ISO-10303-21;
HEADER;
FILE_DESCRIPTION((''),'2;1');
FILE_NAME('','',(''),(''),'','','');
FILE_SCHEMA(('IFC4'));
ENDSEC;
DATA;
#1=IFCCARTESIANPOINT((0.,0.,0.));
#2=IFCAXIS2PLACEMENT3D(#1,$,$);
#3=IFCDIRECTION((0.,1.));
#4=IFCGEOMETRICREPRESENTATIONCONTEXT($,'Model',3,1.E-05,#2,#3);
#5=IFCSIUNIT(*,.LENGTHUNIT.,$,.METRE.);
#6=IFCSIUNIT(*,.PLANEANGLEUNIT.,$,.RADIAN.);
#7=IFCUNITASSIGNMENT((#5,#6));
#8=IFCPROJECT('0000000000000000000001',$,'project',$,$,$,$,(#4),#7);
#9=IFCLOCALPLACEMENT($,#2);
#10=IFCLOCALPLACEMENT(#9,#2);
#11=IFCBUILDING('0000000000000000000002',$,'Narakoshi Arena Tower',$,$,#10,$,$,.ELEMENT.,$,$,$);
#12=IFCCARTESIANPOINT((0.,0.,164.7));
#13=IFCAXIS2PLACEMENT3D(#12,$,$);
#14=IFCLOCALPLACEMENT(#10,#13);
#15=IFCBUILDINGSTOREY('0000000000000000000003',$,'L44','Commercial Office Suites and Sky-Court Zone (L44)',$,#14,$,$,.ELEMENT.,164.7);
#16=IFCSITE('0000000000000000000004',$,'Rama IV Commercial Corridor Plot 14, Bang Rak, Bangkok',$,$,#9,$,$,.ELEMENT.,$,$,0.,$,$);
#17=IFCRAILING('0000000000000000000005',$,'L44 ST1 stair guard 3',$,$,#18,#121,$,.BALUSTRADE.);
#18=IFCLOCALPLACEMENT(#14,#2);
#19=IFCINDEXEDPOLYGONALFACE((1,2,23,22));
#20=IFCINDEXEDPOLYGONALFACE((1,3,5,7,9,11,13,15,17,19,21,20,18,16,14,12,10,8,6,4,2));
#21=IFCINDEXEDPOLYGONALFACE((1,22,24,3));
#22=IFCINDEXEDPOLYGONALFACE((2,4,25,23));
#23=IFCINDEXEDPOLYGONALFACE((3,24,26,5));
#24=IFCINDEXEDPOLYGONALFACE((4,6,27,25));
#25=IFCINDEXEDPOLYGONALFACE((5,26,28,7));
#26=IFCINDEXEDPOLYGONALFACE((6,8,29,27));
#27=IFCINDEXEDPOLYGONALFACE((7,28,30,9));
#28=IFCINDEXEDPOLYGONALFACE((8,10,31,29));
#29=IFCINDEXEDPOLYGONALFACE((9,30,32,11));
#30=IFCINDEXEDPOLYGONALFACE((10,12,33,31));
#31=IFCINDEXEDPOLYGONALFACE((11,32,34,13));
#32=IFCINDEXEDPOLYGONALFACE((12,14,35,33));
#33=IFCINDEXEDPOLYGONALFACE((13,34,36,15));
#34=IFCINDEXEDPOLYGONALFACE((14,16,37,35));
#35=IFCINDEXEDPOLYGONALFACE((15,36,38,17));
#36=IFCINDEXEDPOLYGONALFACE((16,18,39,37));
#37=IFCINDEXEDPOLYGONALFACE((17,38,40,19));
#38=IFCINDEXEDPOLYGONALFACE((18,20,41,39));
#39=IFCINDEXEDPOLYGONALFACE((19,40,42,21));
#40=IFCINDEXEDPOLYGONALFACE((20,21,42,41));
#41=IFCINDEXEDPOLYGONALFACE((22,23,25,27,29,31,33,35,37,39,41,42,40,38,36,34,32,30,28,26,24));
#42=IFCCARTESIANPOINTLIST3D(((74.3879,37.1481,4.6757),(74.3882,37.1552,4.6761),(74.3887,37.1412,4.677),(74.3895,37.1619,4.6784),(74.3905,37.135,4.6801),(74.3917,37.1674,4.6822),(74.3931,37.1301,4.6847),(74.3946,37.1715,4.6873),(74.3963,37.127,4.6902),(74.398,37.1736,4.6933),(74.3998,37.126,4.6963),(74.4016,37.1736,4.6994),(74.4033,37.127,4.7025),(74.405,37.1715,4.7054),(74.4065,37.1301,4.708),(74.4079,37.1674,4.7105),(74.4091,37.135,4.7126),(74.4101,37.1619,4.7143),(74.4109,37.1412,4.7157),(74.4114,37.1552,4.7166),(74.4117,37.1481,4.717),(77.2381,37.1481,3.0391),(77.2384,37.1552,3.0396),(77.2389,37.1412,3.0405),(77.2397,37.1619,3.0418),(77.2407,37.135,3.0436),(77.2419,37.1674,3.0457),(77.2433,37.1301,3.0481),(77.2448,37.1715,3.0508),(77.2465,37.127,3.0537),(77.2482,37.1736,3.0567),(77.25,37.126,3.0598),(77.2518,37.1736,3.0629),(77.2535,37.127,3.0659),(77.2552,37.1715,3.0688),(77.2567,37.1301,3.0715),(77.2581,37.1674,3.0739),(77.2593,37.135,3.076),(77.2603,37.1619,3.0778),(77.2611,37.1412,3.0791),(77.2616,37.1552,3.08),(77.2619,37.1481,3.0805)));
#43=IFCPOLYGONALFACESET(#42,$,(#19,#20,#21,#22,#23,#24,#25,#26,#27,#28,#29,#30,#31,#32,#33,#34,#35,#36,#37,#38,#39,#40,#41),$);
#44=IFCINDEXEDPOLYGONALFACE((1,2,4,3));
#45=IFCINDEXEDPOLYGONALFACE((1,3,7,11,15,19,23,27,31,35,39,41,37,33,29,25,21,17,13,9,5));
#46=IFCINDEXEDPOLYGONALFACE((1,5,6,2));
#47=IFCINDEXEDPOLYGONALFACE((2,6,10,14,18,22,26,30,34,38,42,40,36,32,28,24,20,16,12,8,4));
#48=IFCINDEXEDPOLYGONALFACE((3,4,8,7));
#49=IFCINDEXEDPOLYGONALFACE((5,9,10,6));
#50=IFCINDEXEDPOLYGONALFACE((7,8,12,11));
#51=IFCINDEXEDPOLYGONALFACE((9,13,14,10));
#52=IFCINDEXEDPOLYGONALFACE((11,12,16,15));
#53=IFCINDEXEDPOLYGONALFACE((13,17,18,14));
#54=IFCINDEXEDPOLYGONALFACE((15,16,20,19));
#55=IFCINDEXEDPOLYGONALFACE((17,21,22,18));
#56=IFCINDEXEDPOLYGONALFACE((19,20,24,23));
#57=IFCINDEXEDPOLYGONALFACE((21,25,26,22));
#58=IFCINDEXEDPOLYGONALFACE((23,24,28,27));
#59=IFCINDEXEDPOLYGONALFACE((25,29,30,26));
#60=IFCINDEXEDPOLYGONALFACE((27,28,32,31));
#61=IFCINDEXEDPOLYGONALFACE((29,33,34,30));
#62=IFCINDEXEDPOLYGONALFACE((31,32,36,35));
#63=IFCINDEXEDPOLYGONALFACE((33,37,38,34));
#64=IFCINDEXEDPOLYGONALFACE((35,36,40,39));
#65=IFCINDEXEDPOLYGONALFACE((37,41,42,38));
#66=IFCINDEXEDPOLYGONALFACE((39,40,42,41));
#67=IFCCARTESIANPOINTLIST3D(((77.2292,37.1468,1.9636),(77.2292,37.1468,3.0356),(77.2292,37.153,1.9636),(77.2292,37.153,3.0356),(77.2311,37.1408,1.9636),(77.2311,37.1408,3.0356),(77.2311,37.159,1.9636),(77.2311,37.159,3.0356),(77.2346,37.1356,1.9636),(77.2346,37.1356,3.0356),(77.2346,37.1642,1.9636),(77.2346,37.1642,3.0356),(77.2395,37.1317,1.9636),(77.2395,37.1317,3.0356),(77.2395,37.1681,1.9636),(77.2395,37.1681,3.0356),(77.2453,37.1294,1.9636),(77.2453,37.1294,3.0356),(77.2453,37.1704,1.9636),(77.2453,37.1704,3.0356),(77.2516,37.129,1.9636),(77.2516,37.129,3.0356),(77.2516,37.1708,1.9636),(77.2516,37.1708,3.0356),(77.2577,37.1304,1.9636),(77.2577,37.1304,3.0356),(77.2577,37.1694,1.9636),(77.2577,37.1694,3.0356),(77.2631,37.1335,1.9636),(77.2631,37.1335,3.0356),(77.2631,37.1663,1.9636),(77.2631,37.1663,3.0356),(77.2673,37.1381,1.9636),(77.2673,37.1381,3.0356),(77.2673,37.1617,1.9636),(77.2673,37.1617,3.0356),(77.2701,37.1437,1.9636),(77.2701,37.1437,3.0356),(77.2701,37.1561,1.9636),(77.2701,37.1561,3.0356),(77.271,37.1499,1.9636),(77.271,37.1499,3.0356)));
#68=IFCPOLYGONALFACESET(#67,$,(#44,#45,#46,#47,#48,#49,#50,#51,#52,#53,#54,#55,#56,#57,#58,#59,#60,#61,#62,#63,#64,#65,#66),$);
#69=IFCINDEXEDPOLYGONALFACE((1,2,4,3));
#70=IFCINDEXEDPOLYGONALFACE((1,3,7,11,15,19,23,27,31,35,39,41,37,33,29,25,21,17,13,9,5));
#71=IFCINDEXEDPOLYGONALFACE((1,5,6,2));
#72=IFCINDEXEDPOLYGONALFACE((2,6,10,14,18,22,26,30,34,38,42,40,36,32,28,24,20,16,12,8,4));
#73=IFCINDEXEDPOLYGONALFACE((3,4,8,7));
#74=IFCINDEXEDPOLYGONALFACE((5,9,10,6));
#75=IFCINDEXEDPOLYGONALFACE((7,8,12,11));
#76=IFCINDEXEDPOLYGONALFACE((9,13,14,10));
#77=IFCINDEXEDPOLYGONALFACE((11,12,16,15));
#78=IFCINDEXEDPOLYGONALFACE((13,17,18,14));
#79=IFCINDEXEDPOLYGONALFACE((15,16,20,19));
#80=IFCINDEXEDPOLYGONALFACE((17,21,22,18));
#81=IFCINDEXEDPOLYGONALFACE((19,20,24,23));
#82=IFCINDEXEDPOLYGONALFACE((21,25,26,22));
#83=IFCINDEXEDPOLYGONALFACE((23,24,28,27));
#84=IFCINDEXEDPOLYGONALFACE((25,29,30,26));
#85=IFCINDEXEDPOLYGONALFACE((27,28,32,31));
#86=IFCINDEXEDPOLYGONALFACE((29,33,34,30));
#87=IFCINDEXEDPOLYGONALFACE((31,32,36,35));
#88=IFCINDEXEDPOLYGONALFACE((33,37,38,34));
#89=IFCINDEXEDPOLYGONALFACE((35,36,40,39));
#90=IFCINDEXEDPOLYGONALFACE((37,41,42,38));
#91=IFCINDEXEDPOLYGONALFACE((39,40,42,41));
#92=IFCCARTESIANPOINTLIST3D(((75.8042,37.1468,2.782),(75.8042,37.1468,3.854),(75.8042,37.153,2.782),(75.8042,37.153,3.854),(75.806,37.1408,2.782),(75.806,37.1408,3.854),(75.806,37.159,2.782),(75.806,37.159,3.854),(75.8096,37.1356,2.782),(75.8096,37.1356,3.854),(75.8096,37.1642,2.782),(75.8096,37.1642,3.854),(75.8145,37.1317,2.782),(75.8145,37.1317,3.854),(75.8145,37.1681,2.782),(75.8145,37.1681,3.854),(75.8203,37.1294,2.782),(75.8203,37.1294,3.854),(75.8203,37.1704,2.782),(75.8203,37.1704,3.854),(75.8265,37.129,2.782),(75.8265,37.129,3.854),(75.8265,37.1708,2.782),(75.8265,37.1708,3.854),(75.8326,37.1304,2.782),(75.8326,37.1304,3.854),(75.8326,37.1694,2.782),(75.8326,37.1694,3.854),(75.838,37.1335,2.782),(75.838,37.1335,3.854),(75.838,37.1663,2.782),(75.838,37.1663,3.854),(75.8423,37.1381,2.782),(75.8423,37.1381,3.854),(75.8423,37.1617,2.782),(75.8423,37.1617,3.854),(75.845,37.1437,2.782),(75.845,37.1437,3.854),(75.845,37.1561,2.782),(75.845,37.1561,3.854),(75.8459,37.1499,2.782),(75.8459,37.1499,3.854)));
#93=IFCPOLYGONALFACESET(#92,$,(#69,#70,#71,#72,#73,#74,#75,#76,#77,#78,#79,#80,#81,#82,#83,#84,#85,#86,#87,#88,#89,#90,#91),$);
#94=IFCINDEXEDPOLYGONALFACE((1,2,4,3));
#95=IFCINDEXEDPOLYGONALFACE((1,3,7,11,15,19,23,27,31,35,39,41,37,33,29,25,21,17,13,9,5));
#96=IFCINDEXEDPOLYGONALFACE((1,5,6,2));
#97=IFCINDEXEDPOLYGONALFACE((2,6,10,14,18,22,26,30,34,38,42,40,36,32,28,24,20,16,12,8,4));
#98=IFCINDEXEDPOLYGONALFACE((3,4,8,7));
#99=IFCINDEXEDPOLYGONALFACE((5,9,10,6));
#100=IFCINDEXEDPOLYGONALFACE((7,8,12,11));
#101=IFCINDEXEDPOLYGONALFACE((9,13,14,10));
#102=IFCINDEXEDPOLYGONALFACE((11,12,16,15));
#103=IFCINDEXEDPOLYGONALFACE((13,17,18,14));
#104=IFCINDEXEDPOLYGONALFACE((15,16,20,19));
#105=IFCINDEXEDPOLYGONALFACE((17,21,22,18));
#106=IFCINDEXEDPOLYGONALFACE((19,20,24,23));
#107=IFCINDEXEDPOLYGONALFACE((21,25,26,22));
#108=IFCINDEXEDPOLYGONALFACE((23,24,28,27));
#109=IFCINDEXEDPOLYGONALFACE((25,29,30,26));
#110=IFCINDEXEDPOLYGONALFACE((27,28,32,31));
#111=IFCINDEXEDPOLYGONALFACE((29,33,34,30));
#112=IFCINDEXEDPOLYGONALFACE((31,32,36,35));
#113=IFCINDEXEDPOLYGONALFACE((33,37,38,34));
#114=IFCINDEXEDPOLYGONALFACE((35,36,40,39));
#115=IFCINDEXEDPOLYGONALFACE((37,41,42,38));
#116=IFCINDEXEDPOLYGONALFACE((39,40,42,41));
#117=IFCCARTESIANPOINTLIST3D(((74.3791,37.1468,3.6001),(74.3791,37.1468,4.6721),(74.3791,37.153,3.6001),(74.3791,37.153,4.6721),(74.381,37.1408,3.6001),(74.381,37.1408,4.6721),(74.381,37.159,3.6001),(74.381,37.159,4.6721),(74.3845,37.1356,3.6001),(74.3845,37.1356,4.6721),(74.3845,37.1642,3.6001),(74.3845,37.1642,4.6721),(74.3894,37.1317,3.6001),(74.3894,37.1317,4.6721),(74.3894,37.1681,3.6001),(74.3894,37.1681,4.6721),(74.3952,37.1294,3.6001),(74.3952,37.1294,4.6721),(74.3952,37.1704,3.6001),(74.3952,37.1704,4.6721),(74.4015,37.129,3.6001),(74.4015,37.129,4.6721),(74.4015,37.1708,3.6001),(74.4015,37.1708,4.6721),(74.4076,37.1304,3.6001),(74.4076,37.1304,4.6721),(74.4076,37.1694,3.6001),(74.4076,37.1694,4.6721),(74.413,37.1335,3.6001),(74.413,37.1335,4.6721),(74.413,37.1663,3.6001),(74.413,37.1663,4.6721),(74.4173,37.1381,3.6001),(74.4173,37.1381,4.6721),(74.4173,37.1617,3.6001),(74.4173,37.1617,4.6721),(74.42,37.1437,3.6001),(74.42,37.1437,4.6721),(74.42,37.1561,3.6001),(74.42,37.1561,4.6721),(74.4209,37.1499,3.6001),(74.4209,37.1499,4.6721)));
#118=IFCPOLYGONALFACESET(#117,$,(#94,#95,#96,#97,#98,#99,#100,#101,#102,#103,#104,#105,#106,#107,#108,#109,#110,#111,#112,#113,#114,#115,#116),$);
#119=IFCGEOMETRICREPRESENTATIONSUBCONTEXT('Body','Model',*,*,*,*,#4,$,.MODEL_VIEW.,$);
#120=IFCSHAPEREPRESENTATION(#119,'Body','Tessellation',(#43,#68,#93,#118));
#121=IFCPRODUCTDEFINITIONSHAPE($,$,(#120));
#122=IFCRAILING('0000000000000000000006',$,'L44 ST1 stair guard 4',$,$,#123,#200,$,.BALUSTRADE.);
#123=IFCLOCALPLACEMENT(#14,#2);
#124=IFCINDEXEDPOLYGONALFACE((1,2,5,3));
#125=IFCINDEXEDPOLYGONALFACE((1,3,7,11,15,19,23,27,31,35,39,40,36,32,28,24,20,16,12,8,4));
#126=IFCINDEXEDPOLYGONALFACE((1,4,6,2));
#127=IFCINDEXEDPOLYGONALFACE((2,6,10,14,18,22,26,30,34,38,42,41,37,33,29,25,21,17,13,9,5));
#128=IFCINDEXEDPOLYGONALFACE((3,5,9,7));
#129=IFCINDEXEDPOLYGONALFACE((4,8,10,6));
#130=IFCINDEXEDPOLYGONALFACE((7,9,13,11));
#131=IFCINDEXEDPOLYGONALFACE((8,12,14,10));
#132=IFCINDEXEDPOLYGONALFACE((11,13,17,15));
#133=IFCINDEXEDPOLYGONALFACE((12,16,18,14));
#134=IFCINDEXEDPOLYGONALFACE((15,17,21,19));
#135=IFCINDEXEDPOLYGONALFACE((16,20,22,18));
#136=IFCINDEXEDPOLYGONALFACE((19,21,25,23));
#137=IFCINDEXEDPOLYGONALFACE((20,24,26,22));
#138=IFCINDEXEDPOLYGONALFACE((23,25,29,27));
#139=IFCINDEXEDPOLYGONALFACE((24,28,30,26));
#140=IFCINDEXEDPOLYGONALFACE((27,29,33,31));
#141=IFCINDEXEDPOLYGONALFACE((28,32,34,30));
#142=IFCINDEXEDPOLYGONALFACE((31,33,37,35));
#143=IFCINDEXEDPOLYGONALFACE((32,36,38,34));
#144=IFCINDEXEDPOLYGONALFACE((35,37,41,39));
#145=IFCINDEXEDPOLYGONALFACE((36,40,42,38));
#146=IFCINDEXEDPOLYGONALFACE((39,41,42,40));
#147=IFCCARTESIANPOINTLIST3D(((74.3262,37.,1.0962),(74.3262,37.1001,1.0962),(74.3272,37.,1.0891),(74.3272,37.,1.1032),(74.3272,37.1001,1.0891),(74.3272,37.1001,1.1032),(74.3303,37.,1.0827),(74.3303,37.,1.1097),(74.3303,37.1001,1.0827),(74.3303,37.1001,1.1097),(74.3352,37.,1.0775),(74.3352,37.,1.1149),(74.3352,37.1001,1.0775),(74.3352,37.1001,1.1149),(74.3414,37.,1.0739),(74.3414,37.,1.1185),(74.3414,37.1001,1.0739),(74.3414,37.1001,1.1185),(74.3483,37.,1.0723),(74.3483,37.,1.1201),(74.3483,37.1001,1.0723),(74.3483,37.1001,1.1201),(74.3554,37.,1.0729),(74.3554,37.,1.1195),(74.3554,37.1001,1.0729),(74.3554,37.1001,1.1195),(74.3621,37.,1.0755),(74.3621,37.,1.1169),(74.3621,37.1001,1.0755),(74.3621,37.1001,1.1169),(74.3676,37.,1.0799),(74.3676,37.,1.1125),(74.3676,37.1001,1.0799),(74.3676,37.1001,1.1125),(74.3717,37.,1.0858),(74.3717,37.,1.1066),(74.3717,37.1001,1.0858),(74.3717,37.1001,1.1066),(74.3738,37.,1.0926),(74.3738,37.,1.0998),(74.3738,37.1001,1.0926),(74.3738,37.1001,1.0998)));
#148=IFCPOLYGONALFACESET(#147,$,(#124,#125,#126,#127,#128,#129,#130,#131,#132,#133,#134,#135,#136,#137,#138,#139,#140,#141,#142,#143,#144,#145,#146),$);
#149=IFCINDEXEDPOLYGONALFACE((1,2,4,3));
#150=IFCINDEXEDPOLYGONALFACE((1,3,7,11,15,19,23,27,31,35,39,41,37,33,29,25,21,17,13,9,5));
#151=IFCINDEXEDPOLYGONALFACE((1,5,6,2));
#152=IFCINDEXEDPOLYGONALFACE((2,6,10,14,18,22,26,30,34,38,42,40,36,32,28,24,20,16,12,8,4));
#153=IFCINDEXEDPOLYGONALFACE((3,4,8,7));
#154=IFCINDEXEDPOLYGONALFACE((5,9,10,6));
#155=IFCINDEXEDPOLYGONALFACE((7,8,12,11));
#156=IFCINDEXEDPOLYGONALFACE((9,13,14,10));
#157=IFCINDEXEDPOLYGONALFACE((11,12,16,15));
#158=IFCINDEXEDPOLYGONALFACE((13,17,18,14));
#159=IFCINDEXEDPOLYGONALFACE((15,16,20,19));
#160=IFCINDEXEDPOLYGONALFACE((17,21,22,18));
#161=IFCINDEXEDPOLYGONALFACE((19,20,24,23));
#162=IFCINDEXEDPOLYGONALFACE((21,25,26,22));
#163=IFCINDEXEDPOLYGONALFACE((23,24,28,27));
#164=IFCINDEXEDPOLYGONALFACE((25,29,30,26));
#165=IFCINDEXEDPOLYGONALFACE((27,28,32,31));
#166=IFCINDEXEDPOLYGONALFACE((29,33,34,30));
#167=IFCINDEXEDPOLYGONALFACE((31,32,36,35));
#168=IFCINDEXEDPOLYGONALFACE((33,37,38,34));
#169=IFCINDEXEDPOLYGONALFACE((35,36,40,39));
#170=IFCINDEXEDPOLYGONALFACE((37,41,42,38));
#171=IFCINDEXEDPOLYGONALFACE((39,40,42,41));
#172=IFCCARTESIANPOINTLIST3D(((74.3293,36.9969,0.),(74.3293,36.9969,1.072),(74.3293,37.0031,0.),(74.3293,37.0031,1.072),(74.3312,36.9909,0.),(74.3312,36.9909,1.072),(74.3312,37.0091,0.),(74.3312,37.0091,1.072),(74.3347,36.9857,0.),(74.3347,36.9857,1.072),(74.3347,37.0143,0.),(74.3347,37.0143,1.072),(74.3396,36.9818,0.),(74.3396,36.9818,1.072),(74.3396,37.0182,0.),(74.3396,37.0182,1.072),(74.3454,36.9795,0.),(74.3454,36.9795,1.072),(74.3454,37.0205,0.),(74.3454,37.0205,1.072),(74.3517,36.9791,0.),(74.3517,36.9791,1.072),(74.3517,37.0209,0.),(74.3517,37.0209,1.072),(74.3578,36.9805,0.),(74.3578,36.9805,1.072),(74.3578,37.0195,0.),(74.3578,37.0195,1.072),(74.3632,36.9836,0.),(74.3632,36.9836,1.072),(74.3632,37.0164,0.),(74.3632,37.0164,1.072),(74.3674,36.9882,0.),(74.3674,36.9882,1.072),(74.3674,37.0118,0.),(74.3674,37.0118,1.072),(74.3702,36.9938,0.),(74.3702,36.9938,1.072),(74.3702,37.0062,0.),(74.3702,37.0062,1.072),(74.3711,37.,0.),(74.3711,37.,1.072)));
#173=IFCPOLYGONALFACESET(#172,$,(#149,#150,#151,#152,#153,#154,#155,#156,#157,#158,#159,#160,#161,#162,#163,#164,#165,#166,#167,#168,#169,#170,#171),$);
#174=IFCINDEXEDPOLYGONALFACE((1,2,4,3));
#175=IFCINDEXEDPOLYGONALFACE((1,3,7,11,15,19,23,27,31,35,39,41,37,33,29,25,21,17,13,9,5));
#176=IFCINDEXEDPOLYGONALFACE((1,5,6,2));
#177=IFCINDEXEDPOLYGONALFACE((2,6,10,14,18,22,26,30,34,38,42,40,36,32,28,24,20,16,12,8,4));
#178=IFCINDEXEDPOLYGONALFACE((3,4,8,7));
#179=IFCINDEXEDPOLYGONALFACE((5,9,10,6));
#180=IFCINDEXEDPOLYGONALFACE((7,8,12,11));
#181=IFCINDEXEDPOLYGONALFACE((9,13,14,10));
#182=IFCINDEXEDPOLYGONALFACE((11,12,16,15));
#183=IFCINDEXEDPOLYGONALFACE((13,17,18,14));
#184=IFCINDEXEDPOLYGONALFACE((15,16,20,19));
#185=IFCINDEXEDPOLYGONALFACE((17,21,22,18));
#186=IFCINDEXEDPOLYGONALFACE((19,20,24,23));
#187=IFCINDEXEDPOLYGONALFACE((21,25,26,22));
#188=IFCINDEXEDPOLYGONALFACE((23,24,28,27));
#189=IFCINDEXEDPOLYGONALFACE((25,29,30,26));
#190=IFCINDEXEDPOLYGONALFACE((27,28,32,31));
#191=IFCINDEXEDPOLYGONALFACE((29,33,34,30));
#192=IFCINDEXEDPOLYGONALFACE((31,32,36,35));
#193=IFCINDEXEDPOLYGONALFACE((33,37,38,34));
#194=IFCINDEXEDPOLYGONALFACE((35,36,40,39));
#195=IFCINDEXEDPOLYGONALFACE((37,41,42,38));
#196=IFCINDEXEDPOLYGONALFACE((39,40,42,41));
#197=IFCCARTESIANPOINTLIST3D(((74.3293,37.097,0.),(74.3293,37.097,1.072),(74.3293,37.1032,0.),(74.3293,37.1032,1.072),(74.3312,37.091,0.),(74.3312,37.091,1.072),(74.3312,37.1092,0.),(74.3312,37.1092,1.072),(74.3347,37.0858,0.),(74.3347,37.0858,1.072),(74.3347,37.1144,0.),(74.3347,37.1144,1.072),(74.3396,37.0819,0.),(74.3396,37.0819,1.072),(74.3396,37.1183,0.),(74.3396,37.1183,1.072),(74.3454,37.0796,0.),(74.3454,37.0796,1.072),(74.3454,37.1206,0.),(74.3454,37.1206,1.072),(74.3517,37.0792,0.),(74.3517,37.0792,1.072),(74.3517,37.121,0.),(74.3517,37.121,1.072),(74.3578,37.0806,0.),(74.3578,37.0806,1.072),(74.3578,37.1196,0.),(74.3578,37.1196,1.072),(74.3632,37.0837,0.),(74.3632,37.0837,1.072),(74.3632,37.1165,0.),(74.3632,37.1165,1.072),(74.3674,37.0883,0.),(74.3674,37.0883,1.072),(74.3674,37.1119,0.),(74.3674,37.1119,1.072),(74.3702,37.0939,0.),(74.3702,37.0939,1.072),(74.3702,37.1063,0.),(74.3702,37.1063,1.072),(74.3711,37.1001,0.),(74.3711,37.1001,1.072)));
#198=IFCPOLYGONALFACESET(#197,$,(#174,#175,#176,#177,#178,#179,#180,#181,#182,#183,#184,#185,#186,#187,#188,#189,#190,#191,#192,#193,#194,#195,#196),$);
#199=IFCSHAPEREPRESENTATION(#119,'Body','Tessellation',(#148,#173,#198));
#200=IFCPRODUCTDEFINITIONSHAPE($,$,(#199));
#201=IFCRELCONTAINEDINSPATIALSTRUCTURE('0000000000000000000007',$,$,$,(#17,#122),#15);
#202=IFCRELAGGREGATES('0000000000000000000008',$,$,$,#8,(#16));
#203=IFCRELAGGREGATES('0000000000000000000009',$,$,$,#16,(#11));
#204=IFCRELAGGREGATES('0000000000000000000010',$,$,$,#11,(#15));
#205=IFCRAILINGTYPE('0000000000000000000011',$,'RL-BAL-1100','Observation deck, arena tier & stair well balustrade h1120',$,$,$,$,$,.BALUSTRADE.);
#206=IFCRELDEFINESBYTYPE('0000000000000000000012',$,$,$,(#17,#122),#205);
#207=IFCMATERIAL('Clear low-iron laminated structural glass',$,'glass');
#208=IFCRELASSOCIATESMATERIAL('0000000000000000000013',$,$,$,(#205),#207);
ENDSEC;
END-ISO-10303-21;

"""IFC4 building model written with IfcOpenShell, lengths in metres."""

from ifc_helpers import new_model, si_unit, direction, frame, origin, origin_2d, place, context, subcontext, project, spatial, circle, extrude, material, type_object, element, save


model = new_model("IFC4")

# Units and contexts
model_context = context("Model", 3, precision=1e-05, world=origin(), true_north=direction((0.0, 1.0)))
body_context = subcontext(model_context, "Body", "Model", "MODEL_VIEW")
ifc_project = project(units=[si_unit("LENGTHUNIT", "METRE"), si_unit("PLANEANGLEUNIT", "RADIAN")], contexts=[model_context])

# Site, building, storey
site_placement = place(None, origin())
site = spatial("IfcSite", under=ifc_project, at=site_placement, Name="Rama IV Commercial Corridor Plot 14, Bang Rak, Bangkok", CompositionType="ELEMENT", RefElevation=0.0)
building_placement = place(site_placement, origin())
building = spatial("IfcBuilding", under=site, at=building_placement, Name="Narakoshi Arena Tower", CompositionType="ELEMENT")
storey_placement = place(building_placement, frame((0.0, 0.0, 164.7)))
storey = spatial("IfcBuildingStorey", under=building, at=storey_placement, Name="L44", Description="Commercial Office Suites and Sky-Court Zone (L44)", CompositionType="ELEMENT", Elevation=164.7)

# Railings
ifc_material_1 = material(Name="Clear low-iron laminated structural glass", Category="glass")
railing_type_1 = type_object("IfcRailingType", Name="RL-BAL-1100", Description="Observation deck, arena tier & stair well balustrade h1120", PredefinedType="BALUSTRADE", material=ifc_material_1)
railing_1_placement = place(storey_placement, frame((77.25, 37.1499, 1.9636)))
element("IfcRailing", 1, at=railing_1_placement, inside=storey, type_object=railing_type_1, Name="L44 ST1 stair guard 3", PredefinedType="BALUSTRADE", context=body_context, shape_type="SweptSolid", body=[
    extrude(circle(Radius=0.0239, at=origin_2d()), frame((0.0, 0.0, 1.0962), z_axis=(-0.867213, 0.0, 0.497938), x_axis=(0.0, -1.0, 0.0)), (0.0, 0.0, 1.0), 3.2866),
    extrude(circle(Radius=0.021, at=origin_2d()), origin(), (0.0, 0.0, 1.0), 1.072),
    extrude(circle(Radius=0.021, at=origin_2d()), frame((-1.425, 0.0, 0.8184)), (0.0, 0.0, 1.0), 1.072),
    extrude(circle(Radius=0.021, at=origin_2d()), frame((-2.8501, 0.0, 1.6365)), (0.0, 0.0, 1.0), 1.072),
])
railing_2_placement = place(storey_placement, frame((74.3501, 37.0, 0.0)))
element("IfcRailing", 2, at=railing_2_placement, inside=storey, type_object=railing_type_1, Name="L44 ST1 stair guard 4", PredefinedType="BALUSTRADE", context=body_context, shape_type="SweptSolid", body=[
    extrude(circle(Radius=0.0239, at=origin_2d()), frame((0.0, 0.0, 1.0962), z_axis=(0.0, 1.0, 0.0), x_axis=(-1.0, 0.0, 0.0)), (0.0, 0.0, 1.0), 0.1001),
    extrude(circle(Radius=0.021, at=origin_2d()), origin(), (0.0, 0.0, 1.0), 1.072),
    extrude(circle(Radius=0.021, at=origin_2d()), frame((0.0, 0.1001, 0.0)), (0.0, 0.0, 1.0), 1.072),
])

save(model, "model.ifc")
